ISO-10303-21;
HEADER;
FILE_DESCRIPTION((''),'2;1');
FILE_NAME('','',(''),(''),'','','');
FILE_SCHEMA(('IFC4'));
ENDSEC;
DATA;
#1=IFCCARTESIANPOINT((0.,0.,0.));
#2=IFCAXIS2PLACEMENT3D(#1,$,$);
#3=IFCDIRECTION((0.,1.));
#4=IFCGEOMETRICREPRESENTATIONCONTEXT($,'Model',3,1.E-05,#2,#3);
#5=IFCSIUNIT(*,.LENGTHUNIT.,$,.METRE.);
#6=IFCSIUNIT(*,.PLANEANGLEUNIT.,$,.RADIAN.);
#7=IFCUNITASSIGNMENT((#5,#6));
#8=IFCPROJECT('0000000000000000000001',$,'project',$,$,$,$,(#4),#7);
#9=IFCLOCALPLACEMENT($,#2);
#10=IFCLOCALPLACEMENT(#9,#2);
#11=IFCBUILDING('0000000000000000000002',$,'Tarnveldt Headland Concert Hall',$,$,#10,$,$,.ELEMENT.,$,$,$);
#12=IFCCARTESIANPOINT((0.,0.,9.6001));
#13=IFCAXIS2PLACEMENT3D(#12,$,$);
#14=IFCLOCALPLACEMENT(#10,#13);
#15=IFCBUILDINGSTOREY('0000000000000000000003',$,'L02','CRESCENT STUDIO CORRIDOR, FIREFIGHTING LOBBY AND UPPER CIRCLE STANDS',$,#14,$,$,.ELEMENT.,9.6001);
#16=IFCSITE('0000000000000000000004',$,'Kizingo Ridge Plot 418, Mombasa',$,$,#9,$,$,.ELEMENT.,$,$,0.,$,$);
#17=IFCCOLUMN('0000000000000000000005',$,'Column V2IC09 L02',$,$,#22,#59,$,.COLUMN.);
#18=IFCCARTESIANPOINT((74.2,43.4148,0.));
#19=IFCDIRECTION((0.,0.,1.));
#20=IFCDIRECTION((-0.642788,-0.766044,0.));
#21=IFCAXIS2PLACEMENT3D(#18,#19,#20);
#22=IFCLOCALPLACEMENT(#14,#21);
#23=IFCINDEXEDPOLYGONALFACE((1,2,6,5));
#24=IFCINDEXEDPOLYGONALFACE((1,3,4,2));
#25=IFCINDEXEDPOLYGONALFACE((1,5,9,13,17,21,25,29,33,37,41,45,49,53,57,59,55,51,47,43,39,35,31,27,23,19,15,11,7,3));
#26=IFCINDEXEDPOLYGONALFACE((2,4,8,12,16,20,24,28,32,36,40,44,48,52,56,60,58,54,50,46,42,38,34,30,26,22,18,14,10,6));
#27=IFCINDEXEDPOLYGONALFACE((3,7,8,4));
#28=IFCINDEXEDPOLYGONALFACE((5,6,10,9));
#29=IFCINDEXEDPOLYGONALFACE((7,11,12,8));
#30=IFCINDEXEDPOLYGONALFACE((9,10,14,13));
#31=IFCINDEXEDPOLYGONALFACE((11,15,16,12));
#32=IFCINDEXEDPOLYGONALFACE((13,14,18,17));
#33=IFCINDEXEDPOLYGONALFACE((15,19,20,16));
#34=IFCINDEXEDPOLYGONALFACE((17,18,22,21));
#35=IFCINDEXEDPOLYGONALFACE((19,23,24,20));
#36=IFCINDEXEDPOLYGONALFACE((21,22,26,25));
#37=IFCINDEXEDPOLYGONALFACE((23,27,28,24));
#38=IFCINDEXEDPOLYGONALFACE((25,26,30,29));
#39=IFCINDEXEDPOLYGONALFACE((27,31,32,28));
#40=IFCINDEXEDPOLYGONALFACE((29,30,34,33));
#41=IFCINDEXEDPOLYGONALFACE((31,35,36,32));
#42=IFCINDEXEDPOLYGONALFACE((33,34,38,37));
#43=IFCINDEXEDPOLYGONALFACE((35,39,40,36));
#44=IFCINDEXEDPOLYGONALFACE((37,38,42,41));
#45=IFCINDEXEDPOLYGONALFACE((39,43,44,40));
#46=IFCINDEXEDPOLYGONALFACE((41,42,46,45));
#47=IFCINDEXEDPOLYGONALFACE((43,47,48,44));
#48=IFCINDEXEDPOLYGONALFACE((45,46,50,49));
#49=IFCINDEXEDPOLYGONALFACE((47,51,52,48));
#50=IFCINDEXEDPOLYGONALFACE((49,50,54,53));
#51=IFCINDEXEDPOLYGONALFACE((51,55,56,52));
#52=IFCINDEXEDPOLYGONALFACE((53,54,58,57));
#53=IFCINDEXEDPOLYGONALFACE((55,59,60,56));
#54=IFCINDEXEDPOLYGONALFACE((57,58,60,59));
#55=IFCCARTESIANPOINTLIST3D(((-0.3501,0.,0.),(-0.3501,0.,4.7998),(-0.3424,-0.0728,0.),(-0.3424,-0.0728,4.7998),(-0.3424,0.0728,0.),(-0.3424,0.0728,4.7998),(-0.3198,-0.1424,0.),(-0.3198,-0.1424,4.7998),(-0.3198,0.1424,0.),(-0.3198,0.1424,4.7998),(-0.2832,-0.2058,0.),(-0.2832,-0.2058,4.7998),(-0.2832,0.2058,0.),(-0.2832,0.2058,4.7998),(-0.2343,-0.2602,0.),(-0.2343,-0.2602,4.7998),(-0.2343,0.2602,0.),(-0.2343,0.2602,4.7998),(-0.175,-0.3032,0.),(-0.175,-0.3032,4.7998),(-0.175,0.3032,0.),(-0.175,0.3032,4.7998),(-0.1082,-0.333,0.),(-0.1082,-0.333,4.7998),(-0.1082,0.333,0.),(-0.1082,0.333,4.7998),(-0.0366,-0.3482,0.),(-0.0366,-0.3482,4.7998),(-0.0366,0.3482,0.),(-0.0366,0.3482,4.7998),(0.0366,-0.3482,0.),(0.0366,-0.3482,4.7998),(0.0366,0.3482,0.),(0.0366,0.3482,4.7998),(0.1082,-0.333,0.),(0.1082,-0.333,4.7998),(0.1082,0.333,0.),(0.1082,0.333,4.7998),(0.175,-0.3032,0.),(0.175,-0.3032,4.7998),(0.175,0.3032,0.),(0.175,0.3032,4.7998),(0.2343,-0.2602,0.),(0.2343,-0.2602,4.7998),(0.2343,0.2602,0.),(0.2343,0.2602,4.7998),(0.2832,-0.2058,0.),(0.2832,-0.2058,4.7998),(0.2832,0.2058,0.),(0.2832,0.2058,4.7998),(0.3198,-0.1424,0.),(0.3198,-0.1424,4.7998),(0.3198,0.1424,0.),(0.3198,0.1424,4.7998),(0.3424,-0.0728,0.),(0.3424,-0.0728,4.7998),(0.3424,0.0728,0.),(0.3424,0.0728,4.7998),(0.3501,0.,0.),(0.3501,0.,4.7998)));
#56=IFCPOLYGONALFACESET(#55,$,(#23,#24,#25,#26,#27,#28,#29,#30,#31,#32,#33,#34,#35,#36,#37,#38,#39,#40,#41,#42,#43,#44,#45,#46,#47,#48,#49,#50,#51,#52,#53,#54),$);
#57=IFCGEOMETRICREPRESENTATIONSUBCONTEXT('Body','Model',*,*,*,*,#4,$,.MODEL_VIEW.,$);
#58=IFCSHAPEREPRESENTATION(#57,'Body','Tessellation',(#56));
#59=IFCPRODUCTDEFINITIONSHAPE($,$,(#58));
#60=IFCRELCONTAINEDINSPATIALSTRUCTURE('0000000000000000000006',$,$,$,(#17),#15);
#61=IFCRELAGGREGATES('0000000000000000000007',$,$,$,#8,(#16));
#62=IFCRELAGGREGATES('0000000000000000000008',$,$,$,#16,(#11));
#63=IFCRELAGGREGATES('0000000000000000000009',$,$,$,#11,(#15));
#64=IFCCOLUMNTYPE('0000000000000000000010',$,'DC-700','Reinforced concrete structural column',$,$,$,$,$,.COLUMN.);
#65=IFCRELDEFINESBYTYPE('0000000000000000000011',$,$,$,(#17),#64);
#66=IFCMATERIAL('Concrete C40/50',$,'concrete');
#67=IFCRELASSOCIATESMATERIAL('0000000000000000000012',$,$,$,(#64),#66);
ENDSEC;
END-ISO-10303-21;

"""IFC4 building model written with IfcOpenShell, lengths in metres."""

from ifc_helpers import new_model, si_unit, direction, frame, origin, origin_2d, place, context, subcontext, project, spatial, circle, extrude, material, material_profile, profile_set, type_object, element, save


model = new_model("IFC4")

# Units and contexts
model_context = context("Model", 3, precision=1e-05, world=origin(), true_north=direction((0.0, 1.0)))
body_context = subcontext(model_context, "Body", "Model", "MODEL_VIEW")
ifc_project = project(units=[si_unit("LENGTHUNIT", "METRE"), si_unit("PLANEANGLEUNIT", "RADIAN")], contexts=[model_context])

# Site, building, storey
site_placement = place(None, origin())
site = spatial("IfcSite", under=ifc_project, at=site_placement, Name="Kizingo Ridge Plot 418, Mombasa", CompositionType="ELEMENT", RefElevation=0.0)
building_placement = place(site_placement, origin())
building = spatial("IfcBuilding", under=site, at=building_placement, Name="Tarnveldt Headland Concert Hall", CompositionType="ELEMENT")
storey_placement = place(building_placement, frame((0.0, 0.0, 9.6001)))
storey = spatial("IfcBuildingStorey", under=building, at=storey_placement, Name="L02", Description="CRESCENT STUDIO CORRIDOR, FIREFIGHTING LOBBY AND UPPER CIRCLE STANDS", CompositionType="ELEMENT", Elevation=9.6001)

# Column
ifc_material_1 = material(Name="Concrete C40/50", Category="concrete")
ifc_material_profile_1 = material_profile(ifc_material_1, circle(Radius=0.3501, at=origin_2d()), Name="RC D700", Category="concrete")
ifc_profile_set_1 = profile_set([ifc_material_profile_1], Name="Concrete C40/50")
column_type_1 = type_object("IfcColumnType", Name="DC-700", Description="Reinforced concrete structural column", PredefinedType="COLUMN", material=ifc_profile_set_1)
column_placement = place(storey_placement, frame((74.2, 43.4148, 0.0), z_axis=(0.0, 0.0, 1.0), x_axis=(-0.642788, -0.766044, 0.0)))
element("IfcColumn", 1, at=column_placement, inside=storey, type_object=column_type_1, Name="Column V2IC09 L02", PredefinedType="COLUMN", context=body_context, shape_type="SweptSolid", body=[
    extrude(circle(Radius=0.3501, at=origin_2d()), origin(), (0.0, 0.0, 1.0), 4.7998),
])

save(model, "model.ifc")
